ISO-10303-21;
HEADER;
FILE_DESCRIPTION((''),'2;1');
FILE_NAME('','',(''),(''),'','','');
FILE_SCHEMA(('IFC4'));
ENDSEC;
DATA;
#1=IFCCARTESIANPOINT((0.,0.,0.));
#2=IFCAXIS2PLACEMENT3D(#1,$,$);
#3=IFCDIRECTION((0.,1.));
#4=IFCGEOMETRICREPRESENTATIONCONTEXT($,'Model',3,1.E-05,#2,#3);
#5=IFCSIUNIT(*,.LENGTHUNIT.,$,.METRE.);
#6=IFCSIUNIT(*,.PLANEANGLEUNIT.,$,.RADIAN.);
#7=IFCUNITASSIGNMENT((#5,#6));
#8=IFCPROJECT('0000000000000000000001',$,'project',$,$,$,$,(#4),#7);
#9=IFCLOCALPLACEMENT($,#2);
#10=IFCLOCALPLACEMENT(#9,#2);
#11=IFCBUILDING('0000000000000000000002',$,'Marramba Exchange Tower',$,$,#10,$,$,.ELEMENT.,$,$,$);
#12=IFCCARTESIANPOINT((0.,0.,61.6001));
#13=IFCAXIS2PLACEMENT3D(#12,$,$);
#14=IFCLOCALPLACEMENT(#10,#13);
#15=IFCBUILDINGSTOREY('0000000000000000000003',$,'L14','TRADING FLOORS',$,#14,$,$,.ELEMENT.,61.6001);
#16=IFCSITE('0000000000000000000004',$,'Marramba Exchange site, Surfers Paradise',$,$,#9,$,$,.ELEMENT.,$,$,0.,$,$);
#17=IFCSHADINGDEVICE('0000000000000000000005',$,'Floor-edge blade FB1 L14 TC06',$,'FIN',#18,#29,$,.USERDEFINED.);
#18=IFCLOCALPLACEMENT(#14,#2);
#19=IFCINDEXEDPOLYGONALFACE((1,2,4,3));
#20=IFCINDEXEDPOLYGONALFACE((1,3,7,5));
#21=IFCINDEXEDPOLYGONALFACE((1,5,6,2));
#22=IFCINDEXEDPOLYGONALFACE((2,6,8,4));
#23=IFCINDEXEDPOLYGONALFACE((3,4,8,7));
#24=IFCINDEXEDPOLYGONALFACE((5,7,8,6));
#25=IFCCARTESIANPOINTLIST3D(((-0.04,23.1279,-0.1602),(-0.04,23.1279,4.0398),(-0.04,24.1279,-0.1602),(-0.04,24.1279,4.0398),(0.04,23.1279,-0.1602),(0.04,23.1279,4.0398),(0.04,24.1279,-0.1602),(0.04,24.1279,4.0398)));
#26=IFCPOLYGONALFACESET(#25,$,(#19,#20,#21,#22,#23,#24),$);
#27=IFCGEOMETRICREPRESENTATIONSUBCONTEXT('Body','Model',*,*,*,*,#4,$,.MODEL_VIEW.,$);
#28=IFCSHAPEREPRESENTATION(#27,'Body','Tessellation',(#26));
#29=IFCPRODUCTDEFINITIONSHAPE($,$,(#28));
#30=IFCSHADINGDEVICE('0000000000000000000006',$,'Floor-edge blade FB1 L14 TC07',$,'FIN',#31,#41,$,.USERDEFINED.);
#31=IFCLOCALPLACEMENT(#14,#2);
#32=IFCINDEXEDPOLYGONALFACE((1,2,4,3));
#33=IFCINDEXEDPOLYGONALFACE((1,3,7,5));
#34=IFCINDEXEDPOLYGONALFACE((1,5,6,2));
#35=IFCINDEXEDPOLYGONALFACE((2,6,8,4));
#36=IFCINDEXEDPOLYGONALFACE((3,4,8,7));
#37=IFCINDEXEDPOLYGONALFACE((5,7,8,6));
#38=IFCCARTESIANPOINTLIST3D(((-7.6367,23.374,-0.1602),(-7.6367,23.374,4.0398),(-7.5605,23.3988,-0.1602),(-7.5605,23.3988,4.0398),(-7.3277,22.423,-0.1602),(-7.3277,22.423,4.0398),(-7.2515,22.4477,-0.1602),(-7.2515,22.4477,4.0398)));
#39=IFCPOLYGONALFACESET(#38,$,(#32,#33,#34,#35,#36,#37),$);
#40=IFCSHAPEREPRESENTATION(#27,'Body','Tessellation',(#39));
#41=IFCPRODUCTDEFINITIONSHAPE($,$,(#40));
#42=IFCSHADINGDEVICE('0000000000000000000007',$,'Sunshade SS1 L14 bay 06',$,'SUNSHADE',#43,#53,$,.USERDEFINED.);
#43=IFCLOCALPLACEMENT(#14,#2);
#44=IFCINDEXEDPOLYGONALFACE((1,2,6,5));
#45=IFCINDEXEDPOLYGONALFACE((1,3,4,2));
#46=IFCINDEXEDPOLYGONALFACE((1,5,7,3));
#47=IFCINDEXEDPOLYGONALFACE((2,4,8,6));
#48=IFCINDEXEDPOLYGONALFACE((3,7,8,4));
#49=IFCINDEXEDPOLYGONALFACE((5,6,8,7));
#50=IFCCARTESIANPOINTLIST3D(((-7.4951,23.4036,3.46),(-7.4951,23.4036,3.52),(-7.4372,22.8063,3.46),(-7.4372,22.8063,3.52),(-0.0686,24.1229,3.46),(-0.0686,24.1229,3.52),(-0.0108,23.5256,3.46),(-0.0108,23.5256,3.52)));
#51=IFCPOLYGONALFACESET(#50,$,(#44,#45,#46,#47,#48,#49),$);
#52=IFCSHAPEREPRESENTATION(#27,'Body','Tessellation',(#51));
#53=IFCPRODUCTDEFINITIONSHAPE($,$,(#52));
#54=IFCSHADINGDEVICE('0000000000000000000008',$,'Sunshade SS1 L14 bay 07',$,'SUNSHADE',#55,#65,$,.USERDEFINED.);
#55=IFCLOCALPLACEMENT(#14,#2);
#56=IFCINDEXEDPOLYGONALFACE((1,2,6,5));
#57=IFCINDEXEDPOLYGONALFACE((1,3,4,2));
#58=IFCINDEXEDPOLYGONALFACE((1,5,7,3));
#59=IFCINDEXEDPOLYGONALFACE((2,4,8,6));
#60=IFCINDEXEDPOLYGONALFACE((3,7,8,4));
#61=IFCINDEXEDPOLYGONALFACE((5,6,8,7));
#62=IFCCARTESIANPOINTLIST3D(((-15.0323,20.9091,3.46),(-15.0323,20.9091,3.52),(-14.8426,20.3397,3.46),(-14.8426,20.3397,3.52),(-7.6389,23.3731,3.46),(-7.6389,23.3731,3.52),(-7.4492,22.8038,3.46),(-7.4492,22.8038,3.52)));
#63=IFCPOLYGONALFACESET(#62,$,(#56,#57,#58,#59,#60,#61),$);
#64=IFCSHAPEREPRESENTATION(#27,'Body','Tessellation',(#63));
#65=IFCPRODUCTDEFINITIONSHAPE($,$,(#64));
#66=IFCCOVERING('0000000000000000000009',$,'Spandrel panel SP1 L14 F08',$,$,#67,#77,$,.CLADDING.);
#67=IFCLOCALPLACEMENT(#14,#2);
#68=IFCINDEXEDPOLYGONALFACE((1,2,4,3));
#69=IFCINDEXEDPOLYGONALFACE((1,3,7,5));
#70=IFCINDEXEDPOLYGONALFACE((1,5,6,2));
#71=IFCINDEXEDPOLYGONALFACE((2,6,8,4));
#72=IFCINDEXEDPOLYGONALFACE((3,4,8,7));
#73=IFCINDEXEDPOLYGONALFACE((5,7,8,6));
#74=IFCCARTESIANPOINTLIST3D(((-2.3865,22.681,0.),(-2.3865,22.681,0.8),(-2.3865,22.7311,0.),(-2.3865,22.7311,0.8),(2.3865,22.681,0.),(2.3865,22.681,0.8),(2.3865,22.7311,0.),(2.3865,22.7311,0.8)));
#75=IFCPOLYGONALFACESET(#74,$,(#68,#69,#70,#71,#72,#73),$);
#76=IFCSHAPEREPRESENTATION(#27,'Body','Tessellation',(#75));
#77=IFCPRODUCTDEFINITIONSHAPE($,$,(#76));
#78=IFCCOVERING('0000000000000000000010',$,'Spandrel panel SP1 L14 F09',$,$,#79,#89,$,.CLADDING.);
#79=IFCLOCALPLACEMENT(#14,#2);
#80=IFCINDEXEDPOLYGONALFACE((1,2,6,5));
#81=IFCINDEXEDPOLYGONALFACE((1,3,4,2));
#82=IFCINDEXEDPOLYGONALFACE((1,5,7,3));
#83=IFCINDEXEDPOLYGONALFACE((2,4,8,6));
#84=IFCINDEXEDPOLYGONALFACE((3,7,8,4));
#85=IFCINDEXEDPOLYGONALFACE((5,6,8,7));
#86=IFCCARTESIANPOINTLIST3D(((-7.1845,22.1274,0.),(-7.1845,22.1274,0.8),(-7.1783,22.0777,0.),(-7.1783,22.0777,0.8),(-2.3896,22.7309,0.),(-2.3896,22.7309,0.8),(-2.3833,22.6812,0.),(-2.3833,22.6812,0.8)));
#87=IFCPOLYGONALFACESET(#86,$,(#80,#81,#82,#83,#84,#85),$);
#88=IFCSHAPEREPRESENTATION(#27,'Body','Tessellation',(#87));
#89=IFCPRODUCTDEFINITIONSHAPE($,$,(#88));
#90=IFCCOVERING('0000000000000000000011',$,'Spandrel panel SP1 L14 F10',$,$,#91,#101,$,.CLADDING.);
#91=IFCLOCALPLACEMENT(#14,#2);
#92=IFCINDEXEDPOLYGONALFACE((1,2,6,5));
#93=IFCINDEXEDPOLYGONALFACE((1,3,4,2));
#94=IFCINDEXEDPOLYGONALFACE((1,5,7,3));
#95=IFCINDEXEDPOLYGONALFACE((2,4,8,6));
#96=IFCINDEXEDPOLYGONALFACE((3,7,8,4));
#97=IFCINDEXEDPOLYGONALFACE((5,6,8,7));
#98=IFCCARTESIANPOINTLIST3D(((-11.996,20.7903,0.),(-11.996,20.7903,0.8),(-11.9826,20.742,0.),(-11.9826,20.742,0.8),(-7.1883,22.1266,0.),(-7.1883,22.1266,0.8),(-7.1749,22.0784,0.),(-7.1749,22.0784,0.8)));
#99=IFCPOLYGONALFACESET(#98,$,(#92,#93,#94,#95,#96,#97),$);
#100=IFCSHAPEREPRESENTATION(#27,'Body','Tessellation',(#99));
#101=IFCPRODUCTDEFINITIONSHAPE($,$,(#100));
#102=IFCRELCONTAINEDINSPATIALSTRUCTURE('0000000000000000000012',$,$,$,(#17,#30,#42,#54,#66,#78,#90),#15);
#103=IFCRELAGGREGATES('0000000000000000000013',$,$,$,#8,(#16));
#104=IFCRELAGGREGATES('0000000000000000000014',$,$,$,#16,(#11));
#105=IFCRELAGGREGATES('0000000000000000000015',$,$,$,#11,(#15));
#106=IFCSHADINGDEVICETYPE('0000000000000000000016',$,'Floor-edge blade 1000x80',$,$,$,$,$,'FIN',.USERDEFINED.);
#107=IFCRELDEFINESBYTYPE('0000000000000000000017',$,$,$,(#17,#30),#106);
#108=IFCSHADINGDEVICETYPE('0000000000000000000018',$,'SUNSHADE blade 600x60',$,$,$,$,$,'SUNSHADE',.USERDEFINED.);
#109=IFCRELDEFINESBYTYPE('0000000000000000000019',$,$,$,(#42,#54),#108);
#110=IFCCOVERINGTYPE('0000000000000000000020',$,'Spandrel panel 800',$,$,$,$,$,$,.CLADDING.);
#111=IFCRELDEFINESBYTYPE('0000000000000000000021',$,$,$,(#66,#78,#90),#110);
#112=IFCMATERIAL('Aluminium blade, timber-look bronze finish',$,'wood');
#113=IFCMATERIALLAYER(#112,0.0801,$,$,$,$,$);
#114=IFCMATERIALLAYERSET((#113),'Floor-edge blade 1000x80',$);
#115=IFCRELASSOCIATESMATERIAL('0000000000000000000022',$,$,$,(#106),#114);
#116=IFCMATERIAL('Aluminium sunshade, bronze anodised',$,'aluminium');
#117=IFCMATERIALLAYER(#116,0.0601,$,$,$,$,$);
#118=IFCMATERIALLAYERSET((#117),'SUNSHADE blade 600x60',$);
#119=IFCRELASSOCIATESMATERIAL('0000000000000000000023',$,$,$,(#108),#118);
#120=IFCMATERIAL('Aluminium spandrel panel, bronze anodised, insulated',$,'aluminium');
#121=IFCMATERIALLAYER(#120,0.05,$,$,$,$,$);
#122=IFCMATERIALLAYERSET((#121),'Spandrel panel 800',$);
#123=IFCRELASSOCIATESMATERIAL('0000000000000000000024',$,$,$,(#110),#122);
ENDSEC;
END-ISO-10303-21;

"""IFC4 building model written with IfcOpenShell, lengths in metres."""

from ifc_helpers import new_model, si_unit, direction, frame, origin, origin_2d, place, context, subcontext, project, spatial, rectangle, extrude, material, layer, layer_set, type_object, element, save


model = new_model("IFC4")

# Units and contexts
model_context = context("Model", 3, precision=1e-05, world=origin(), true_north=direction((0.0, 1.0)))
body_context = subcontext(model_context, "Body", "Model", "MODEL_VIEW")
ifc_project = project(units=[si_unit("LENGTHUNIT", "METRE"), si_unit("PLANEANGLEUNIT", "RADIAN")], contexts=[model_context])

# Site, building, storey
site_placement = place(None, origin())
site = spatial("IfcSite", under=ifc_project, at=site_placement, Name="Marramba Exchange site, Surfers Paradise", CompositionType="ELEMENT", RefElevation=0.0)
building_placement = place(site_placement, origin())
building = spatial("IfcBuilding", under=site, at=building_placement, Name="Marramba Exchange Tower", CompositionType="ELEMENT")
storey_placement = place(building_placement, frame((0.0, 0.0, 61.6001)))
storey = spatial("IfcBuildingStorey", under=building, at=storey_placement, Name="L14", Description="TRADING FLOORS", CompositionType="ELEMENT", Elevation=61.6001)

# Shading devices
ifc_material_1 = material(Name="Aluminium blade, timber-look bronze finish", Category="wood")
ifc_layer_1 = layer(ifc_material_1, 0.0801)
ifc_layer_set_1 = layer_set([ifc_layer_1], Name="Floor-edge blade 1000x80")
shading_device_type_1 = type_object("IfcShadingDeviceType", Name="Floor-edge blade 1000x80", ElementType="FIN", PredefinedType="USERDEFINED", material=ifc_layer_set_1)
for number, where, z_axis, x_axis, name in (
    (1, (0.0, 23.6279, -0.1602), (0.0, 0.0, 1.0), (0.0, 1.0, 0.0), "Floor-edge blade FB1 L14 TC06"),
    (2, (-7.4441, 22.9109, -0.1602), (0.0, 0.0, 1.0), (-0.309017, 0.951057, 0.0), "Floor-edge blade FB1 L14 TC07"),
):
    element("IfcShadingDevice", number, at=place(storey_placement, frame(where, z_axis=z_axis, x_axis=x_axis)), inside=storey, type_object=shading_device_type_1, Name=name, ObjectType="FIN", PredefinedType="USERDEFINED", context=body_context, shape_type="SweptSolid", body=[
        extrude(rectangle(XDim=1.0, YDim=0.0801, at=origin_2d()), origin(), (0.0, 0.0, 1.0), 4.2),
    ])
ifc_material_2 = material(Name="Aluminium sunshade, bronze anodised", Category="aluminium")
ifc_layer_2 = layer(ifc_material_2, 0.0601)
ifc_layer_set_2 = layer_set([ifc_layer_2], Name="SUNSHADE blade 600x60")
shading_device_type_2 = type_object("IfcShadingDeviceType", Name="SUNSHADE blade 600x60", ElementType="SUNSHADE", PredefinedType="USERDEFINED", material=ifc_layer_set_2)
shading_device_1_placement = place(storey_placement, frame((-3.7529, 23.4646, 3.46), z_axis=(0.0, 0.0, 1.0), x_axis=(-0.995343, -0.096398, 0.0)))
element("IfcShadingDevice", 3, at=shading_device_1_placement, inside=storey, type_object=shading_device_type_2, Name="Sunshade SS1 L14 bay 06", ObjectType="SUNSHADE", PredefinedType="USERDEFINED", context=body_context, shape_type="SweptSolid", body=[
    extrude(rectangle(XDim=7.4612, YDim=0.6001, at=origin_2d()), origin(), (0.0, 0.0, 1.0), 0.0601),
])
shading_device_2_placement = place(storey_placement, frame((-11.2407, 21.8564, 3.46), z_axis=(0.0, 0.0, 1.0), x_axis=(-0.948698, -0.316184, 0.0)))
element("IfcShadingDevice", 4, at=shading_device_2_placement, inside=storey, type_object=shading_device_type_2, Name="Sunshade SS1 L14 bay 07", ObjectType="SUNSHADE", PredefinedType="USERDEFINED", context=body_context, shape_type="SweptSolid", body=[
    extrude(rectangle(XDim=7.7932, YDim=0.6001, at=origin_2d()), origin(), (0.0, 0.0, 1.0), 0.0601),
])

# Coverings
ifc_material_3 = material(Name="Aluminium spandrel panel, bronze anodised, insulated", Category="aluminium")
ifc_layer_3 = layer(ifc_material_3, 0.05)
ifc_layer_set_3 = layer_set([ifc_layer_3], Name="Spandrel panel 800")
covering_type = type_object("IfcCoveringType", Name="Spandrel panel 800", PredefinedType="CLADDING", material=ifc_layer_set_3)
covering_1_placement = place(storey_placement, frame((0.0, 22.7061, 0.0), z_axis=(0.0, 0.0, 1.0), x_axis=(-1.0, 0.0, 0.0)))
element("IfcCovering", 5, at=covering_1_placement, inside=storey, type_object=covering_type, Name="Spandrel panel SP1 L14 F08", PredefinedType="CLADDING", context=body_context, shape_type="SweptSolid", body=[
    extrude(rectangle(XDim=4.7729, YDim=0.05, at=origin_2d()), origin(), (0.0, 0.0, 1.0), 0.8),
])
covering_2_placement = place(storey_placement, frame((-4.7839, 22.4043, 0.0), z_axis=(0.0, 0.0, 1.0), x_axis=(-0.992173, -0.124873, 0.0)))
element("IfcCovering", 6, at=covering_2_placement, inside=storey, type_object=covering_type, Name="Spandrel panel SP1 L14 F09", PredefinedType="CLADDING", context=body_context, shape_type="SweptSolid", body=[
    extrude(rectangle(XDim=4.8328, YDim=0.05, at=origin_2d()), origin(), (0.0, 0.0, 1.0), 0.8),
])
covering_3_placement = place(storey_placement, frame((-9.5854, 21.4343, 0.0), z_axis=(0.0, 0.0, 1.0), x_axis=(-0.963472, -0.267809, 0.0)))
element("IfcCovering", 7, at=covering_3_placement, inside=storey, type_object=covering_type, Name="Spandrel panel SP1 L14 F10", PredefinedType="CLADDING", context=body_context, shape_type="SweptSolid", body=[
    extrude(rectangle(XDim=4.99, YDim=0.05, at=origin_2d()), origin(), (0.0, 0.0, 1.0), 0.8),
])

save(model, "model.ifc")
